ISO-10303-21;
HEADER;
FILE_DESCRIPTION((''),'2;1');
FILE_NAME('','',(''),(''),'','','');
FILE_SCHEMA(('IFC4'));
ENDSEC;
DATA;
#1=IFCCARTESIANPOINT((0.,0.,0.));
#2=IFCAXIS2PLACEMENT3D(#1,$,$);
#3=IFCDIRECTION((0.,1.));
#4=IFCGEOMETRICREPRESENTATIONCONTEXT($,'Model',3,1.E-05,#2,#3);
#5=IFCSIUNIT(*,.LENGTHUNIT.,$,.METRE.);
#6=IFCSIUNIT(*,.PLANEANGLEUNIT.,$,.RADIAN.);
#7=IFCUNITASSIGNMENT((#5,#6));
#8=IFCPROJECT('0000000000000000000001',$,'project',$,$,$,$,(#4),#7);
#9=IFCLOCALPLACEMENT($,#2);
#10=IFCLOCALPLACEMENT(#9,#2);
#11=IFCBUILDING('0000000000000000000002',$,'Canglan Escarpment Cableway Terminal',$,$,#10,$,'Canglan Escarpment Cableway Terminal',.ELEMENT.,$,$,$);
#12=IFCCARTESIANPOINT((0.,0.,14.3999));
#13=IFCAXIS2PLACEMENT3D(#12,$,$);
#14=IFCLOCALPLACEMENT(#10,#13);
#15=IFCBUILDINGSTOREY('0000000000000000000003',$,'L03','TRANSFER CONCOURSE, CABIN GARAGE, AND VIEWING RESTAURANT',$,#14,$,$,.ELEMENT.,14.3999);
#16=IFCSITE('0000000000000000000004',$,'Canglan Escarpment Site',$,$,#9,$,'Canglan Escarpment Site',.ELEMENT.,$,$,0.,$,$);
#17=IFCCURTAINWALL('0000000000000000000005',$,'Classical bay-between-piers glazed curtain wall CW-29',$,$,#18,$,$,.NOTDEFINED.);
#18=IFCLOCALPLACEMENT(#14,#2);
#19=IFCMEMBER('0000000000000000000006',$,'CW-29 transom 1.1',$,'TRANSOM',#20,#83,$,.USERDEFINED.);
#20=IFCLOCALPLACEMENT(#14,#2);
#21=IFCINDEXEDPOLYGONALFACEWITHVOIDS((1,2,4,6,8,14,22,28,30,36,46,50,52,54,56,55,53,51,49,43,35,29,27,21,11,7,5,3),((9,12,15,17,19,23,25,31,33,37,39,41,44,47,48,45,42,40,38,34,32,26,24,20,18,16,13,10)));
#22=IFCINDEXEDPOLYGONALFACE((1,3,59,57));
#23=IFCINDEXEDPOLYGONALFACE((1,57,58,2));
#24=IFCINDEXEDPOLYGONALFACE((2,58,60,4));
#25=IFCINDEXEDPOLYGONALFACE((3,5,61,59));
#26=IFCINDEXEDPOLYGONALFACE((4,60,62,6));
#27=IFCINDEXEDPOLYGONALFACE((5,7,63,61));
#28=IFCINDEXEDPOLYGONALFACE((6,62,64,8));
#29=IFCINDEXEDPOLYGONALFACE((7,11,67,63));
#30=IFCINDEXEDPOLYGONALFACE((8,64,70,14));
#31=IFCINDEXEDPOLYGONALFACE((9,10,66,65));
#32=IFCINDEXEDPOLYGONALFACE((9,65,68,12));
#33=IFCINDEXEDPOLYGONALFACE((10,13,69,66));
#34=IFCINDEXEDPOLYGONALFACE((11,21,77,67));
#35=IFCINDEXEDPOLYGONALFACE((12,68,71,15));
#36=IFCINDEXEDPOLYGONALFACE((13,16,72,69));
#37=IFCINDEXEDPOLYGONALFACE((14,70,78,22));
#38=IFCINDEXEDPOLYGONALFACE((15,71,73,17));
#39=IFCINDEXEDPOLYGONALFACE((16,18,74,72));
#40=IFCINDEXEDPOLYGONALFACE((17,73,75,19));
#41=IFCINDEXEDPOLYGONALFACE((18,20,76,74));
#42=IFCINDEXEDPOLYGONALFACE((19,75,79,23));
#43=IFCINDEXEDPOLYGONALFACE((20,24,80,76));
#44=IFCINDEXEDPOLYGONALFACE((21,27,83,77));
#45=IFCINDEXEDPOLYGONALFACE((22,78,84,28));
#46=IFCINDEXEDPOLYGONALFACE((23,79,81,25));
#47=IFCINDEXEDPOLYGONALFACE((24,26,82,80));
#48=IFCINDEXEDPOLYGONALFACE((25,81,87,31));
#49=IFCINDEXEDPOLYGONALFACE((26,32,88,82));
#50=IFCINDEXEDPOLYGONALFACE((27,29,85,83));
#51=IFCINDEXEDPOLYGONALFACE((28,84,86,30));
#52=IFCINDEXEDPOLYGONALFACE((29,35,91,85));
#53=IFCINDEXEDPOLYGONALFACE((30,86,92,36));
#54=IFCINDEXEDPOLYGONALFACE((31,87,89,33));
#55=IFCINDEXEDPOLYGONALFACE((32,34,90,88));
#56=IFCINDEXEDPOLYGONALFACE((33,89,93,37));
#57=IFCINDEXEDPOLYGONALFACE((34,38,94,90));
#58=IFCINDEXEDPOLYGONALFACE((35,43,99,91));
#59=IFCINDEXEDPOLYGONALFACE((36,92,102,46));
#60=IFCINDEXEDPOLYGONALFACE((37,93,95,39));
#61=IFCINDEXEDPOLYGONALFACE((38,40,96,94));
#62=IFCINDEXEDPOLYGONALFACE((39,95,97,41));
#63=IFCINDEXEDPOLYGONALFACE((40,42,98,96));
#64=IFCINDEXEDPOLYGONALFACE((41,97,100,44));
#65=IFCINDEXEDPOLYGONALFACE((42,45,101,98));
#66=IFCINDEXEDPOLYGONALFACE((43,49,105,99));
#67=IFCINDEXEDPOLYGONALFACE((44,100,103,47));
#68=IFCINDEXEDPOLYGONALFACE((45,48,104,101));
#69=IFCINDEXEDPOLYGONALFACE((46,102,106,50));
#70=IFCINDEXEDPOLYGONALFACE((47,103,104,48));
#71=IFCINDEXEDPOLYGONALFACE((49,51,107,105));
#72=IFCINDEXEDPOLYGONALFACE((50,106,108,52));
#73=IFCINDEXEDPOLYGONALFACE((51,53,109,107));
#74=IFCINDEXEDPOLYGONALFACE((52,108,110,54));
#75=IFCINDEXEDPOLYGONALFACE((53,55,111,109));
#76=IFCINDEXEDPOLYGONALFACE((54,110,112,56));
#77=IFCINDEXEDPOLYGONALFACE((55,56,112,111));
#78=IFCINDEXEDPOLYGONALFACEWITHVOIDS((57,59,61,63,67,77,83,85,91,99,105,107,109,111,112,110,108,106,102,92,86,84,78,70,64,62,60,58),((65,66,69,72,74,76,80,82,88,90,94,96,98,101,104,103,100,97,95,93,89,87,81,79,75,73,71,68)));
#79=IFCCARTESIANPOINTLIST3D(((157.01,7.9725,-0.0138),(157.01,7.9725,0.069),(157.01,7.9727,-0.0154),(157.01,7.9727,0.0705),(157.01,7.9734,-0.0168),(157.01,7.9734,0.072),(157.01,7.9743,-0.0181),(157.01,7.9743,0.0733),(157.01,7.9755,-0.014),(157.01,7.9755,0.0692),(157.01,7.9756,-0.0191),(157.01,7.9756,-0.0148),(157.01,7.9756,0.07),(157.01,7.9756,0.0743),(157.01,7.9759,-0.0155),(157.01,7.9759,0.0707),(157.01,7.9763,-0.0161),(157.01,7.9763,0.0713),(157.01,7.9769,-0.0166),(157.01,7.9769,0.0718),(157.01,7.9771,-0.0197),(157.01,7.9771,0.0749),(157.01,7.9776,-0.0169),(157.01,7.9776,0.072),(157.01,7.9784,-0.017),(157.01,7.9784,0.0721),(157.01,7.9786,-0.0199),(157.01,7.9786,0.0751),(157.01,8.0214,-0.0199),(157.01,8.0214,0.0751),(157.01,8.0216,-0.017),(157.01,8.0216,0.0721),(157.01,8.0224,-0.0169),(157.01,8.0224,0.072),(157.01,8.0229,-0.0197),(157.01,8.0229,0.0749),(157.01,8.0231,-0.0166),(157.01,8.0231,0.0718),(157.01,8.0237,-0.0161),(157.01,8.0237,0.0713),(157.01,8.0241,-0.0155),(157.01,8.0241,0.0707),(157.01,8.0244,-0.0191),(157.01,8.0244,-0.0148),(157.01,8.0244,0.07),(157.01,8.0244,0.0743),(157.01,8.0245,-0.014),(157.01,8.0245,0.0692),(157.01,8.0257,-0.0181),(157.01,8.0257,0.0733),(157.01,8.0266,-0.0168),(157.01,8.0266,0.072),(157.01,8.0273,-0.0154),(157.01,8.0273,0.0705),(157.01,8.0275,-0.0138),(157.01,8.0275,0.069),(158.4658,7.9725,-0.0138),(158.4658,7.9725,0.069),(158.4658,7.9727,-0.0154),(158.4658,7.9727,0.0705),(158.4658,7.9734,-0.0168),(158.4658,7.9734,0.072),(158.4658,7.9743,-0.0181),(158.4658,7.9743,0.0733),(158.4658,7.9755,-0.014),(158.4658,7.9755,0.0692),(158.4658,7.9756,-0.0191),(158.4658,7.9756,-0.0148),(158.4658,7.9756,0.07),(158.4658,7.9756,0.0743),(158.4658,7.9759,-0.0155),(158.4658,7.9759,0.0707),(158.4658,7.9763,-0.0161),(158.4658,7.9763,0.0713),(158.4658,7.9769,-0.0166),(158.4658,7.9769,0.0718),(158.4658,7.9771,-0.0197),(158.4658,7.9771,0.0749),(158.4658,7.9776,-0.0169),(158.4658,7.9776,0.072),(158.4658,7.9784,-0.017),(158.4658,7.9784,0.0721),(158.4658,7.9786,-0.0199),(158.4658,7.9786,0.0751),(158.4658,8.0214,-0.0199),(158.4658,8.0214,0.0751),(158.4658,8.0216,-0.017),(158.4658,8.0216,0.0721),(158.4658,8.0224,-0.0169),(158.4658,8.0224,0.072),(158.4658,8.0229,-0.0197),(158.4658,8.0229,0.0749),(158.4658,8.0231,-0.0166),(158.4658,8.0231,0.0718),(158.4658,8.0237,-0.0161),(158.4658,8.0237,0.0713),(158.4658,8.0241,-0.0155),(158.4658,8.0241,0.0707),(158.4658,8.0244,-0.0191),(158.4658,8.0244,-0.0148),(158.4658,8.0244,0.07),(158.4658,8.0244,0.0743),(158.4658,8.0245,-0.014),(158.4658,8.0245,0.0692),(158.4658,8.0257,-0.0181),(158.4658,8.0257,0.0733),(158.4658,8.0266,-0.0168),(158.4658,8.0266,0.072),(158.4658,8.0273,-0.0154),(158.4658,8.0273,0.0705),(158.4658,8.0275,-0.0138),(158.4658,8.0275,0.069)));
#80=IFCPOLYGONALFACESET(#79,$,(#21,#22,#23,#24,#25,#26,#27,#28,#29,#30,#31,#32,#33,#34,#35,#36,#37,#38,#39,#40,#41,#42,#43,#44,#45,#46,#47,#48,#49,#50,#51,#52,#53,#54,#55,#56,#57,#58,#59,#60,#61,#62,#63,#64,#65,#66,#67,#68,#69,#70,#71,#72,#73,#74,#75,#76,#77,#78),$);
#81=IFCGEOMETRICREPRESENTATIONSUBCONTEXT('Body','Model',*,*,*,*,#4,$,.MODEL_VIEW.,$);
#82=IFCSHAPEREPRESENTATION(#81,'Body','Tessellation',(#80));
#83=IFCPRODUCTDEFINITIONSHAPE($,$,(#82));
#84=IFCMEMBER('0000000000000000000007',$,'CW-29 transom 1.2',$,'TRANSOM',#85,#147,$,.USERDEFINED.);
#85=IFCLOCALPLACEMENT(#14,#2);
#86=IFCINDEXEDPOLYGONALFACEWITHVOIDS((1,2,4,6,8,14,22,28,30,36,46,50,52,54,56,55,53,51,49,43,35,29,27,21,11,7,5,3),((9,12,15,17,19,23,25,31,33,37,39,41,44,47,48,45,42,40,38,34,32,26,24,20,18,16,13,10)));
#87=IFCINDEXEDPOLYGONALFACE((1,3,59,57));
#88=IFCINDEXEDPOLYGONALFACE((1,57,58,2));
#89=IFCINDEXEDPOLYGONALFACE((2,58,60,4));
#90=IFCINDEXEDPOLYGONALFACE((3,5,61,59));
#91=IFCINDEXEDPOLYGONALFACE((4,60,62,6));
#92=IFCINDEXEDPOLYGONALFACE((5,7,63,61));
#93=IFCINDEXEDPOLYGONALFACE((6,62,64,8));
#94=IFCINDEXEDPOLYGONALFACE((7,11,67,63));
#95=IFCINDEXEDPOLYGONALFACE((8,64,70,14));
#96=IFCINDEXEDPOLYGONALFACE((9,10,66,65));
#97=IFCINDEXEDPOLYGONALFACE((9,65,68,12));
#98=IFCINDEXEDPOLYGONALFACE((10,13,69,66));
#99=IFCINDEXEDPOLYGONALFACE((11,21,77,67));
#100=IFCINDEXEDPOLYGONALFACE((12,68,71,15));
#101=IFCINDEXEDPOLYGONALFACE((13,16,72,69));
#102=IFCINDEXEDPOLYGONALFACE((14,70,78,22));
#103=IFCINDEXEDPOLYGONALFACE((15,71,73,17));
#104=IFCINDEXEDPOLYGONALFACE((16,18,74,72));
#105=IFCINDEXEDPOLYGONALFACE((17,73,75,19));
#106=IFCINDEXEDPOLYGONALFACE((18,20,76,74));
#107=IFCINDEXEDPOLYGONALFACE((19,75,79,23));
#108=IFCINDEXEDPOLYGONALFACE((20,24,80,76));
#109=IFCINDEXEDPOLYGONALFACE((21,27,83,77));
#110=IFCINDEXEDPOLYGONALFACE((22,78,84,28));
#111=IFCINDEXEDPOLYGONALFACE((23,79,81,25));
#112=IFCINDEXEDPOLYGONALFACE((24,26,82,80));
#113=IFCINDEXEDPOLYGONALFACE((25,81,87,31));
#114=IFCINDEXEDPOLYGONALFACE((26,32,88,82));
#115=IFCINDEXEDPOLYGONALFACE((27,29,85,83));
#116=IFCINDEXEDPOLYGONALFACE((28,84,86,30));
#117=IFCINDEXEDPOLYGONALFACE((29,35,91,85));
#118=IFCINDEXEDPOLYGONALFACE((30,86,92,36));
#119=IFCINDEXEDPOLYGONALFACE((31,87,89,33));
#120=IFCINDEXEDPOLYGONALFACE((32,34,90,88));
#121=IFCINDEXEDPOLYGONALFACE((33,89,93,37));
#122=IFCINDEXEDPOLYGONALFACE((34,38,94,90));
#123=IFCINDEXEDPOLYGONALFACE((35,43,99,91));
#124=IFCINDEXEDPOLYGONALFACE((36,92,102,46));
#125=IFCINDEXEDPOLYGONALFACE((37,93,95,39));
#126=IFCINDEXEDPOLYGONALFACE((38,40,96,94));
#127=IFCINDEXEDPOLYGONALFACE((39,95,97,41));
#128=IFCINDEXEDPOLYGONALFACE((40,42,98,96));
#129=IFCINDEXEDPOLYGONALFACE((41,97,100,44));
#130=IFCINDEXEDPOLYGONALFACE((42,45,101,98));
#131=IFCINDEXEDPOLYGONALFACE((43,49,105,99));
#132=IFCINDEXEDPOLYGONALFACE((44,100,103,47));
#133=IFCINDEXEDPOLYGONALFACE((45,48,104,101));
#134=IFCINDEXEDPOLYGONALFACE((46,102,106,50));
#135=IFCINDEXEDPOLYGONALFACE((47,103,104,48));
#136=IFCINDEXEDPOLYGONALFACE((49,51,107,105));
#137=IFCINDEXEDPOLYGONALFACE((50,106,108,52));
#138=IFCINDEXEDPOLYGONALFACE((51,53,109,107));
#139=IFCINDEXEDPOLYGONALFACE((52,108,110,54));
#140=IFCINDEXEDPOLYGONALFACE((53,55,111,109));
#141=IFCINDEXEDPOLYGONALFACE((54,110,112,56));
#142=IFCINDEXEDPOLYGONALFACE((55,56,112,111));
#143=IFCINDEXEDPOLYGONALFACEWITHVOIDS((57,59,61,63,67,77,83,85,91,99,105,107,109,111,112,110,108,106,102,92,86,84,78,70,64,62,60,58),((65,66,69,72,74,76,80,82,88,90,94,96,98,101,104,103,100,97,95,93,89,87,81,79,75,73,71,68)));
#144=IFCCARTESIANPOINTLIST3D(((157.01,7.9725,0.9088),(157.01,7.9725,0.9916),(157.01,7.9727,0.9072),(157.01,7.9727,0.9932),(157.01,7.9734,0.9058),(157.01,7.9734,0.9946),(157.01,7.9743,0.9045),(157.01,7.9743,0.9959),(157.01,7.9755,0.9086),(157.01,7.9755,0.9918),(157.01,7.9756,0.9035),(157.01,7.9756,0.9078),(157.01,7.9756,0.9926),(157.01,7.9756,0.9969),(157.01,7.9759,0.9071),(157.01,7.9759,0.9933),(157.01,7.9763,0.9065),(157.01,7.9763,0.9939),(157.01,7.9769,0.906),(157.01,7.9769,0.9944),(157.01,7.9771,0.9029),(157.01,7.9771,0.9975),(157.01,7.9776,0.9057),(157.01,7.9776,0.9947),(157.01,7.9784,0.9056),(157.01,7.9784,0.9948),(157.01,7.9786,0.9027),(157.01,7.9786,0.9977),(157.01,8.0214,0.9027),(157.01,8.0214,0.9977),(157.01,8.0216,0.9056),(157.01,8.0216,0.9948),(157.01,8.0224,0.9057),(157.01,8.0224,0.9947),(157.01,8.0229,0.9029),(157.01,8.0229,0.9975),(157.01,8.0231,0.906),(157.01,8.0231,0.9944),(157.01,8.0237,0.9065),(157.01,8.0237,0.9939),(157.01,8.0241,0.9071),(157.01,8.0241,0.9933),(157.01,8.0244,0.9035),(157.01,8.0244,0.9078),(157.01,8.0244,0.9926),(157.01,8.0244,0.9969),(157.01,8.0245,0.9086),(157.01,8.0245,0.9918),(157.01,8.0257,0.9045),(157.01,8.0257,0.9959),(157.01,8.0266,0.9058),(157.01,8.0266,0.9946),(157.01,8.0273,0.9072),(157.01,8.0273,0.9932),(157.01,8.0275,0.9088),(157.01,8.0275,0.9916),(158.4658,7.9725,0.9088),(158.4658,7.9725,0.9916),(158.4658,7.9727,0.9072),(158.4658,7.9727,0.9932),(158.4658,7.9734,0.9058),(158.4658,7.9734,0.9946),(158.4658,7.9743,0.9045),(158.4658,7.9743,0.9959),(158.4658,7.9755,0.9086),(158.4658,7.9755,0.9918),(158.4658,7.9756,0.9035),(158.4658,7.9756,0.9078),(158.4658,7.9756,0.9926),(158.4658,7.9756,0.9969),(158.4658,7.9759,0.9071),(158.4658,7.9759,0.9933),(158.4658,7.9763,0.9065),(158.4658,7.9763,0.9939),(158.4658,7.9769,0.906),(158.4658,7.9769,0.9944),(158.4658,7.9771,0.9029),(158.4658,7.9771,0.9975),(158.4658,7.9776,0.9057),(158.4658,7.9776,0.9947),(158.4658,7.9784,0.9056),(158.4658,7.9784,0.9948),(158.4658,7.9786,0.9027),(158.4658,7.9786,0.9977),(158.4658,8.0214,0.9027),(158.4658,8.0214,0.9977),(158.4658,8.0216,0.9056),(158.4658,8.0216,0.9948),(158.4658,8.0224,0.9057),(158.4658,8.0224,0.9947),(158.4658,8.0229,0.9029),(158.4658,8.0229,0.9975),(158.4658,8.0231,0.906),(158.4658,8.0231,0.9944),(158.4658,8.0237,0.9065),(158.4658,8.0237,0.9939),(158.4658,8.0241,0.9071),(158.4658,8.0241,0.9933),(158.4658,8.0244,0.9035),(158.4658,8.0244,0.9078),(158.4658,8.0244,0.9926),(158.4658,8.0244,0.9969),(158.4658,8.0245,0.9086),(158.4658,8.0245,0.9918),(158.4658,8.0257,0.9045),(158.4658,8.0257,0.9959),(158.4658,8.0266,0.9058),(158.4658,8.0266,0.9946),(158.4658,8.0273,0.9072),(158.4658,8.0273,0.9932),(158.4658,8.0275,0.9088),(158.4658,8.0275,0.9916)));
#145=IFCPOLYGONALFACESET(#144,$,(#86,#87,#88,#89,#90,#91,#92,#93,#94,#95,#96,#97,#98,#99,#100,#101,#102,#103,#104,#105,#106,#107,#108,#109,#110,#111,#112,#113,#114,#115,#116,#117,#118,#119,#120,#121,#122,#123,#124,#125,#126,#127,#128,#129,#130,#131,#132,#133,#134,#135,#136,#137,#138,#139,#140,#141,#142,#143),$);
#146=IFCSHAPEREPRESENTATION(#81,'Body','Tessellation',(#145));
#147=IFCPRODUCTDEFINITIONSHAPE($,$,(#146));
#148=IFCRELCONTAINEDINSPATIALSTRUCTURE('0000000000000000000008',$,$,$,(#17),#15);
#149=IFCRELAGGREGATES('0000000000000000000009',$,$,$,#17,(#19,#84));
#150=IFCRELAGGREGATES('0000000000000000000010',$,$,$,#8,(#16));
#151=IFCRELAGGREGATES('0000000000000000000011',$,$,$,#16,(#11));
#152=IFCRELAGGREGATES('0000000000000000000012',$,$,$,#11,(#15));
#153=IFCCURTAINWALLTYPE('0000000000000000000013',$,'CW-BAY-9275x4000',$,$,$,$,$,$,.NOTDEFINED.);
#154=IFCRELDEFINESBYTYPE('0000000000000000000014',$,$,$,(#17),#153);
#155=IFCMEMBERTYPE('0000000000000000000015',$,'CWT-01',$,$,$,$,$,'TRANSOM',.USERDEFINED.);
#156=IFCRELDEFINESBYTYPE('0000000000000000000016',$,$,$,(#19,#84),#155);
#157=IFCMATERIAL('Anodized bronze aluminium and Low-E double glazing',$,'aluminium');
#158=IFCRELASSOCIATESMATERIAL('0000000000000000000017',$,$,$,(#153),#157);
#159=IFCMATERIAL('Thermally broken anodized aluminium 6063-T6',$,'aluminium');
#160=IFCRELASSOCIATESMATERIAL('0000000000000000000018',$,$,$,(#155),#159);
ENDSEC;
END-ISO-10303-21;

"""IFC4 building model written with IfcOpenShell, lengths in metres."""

from ifc_helpers import new_model, si_unit, direction, frame, origin, origin_2d, place, context, subcontext, project, spatial, hollow_rectangle, extrude, material, material_profile, profile_set, type_object, element, aggregate, save


model = new_model("IFC4")

# Units and contexts
model_context = context("Model", 3, precision=1e-05, world=origin(), true_north=direction((0.0, 1.0)))
body_context = subcontext(model_context, "Body", "Model", "MODEL_VIEW")
ifc_project = project(units=[si_unit("LENGTHUNIT", "METRE"), si_unit("PLANEANGLEUNIT", "RADIAN")], contexts=[model_context])

# Site, building, storey
site_placement = place(None, origin())
site = spatial("IfcSite", under=ifc_project, at=site_placement, Name="Canglan Escarpment Site", LongName="Canglan Escarpment Site", CompositionType="ELEMENT", RefElevation=0.0)
building_placement = place(site_placement, origin())
building = spatial("IfcBuilding", under=site, at=building_placement, Name="Canglan Escarpment Cableway Terminal", LongName="Canglan Escarpment Cableway Terminal", CompositionType="ELEMENT")
storey_placement = place(building_placement, frame((0.0, 0.0, 14.3999)))
storey = spatial("IfcBuildingStorey", under=building, at=storey_placement, Name="L03", Description="TRANSFER CONCOURSE, CABIN GARAGE, AND VIEWING RESTAURANT", CompositionType="ELEMENT", Elevation=14.3999)

# Curtain wall, members
ifc_material_1 = material(Name="Anodized bronze aluminium and Low-E double glazing", Category="aluminium")
curtain_wall_type = type_object("IfcCurtainWallType", Name="CW-BAY-9275x4000", PredefinedType="NOTDEFINED", material=ifc_material_1)
curtain_wall_placement = place(storey_placement, origin())
curtain_wall = element("IfcCurtainWall", 1, at=curtain_wall_placement, inside=storey, type_object=curtain_wall_type, Name="Classical bay-between-piers glazed curtain wall CW-29", PredefinedType="NOTDEFINED")
ifc_material_2 = material(Name="Thermally broken anodized aluminium 6063-T6", Category="aluminium")
ifc_material_profile_1 = material_profile(ifc_material_2, hollow_rectangle(XDim=0.0549, YDim=0.095, WallThickness=0.0029, InnerFilletRadius=0.0029, OuterFilletRadius=0.0061, at=origin_2d()), Name="ALU-TRAN 55x95x3")
ifc_profile_set_1 = profile_set([ifc_material_profile_1], Name="Thermally broken anodized aluminium 6063-T6")
member_type_1 = type_object("IfcMemberType", Name="CWT-01", ElementType="TRANSOM", PredefinedType="USERDEFINED", material=ifc_profile_set_1)
member_1_placement = place(storey_placement, frame((157.01, 8.0, 0.0276), z_axis=(1.0, 0.0, 0.0), x_axis=(0.0, 1.0, 0.0)))
member_1 = element("IfcMember", 2, at=member_1_placement, type_object=member_type_1, Name="CW-29 transom 1.1", ObjectType="TRANSOM", PredefinedType="USERDEFINED", context=body_context, shape_type="SweptSolid", body=[
    extrude(hollow_rectangle(XDim=0.0549, YDim=0.095, WallThickness=0.0029, InnerFilletRadius=0.0029, OuterFilletRadius=0.0061, at=origin_2d()), origin(), (0.0, 0.0, 1.0), 1.4558),
])
member_2_placement = place(storey_placement, frame((157.01, 8.0, 0.9502), z_axis=(1.0, 0.0, 0.0), x_axis=(0.0, 1.0, 0.0)))
member_2 = element("IfcMember", 3, at=member_2_placement, type_object=member_type_1, Name="CW-29 transom 1.2", ObjectType="TRANSOM", PredefinedType="USERDEFINED", context=body_context, shape_type="SweptSolid", body=[
    extrude(hollow_rectangle(XDim=0.0549, YDim=0.095, WallThickness=0.0029, InnerFilletRadius=0.0029, OuterFilletRadius=0.0061, at=origin_2d()), origin(), (0.0, 0.0, 1.0), 1.4558),
])
aggregate(curtain_wall, [member_1, member_2])

save(model, "model.ifc")
